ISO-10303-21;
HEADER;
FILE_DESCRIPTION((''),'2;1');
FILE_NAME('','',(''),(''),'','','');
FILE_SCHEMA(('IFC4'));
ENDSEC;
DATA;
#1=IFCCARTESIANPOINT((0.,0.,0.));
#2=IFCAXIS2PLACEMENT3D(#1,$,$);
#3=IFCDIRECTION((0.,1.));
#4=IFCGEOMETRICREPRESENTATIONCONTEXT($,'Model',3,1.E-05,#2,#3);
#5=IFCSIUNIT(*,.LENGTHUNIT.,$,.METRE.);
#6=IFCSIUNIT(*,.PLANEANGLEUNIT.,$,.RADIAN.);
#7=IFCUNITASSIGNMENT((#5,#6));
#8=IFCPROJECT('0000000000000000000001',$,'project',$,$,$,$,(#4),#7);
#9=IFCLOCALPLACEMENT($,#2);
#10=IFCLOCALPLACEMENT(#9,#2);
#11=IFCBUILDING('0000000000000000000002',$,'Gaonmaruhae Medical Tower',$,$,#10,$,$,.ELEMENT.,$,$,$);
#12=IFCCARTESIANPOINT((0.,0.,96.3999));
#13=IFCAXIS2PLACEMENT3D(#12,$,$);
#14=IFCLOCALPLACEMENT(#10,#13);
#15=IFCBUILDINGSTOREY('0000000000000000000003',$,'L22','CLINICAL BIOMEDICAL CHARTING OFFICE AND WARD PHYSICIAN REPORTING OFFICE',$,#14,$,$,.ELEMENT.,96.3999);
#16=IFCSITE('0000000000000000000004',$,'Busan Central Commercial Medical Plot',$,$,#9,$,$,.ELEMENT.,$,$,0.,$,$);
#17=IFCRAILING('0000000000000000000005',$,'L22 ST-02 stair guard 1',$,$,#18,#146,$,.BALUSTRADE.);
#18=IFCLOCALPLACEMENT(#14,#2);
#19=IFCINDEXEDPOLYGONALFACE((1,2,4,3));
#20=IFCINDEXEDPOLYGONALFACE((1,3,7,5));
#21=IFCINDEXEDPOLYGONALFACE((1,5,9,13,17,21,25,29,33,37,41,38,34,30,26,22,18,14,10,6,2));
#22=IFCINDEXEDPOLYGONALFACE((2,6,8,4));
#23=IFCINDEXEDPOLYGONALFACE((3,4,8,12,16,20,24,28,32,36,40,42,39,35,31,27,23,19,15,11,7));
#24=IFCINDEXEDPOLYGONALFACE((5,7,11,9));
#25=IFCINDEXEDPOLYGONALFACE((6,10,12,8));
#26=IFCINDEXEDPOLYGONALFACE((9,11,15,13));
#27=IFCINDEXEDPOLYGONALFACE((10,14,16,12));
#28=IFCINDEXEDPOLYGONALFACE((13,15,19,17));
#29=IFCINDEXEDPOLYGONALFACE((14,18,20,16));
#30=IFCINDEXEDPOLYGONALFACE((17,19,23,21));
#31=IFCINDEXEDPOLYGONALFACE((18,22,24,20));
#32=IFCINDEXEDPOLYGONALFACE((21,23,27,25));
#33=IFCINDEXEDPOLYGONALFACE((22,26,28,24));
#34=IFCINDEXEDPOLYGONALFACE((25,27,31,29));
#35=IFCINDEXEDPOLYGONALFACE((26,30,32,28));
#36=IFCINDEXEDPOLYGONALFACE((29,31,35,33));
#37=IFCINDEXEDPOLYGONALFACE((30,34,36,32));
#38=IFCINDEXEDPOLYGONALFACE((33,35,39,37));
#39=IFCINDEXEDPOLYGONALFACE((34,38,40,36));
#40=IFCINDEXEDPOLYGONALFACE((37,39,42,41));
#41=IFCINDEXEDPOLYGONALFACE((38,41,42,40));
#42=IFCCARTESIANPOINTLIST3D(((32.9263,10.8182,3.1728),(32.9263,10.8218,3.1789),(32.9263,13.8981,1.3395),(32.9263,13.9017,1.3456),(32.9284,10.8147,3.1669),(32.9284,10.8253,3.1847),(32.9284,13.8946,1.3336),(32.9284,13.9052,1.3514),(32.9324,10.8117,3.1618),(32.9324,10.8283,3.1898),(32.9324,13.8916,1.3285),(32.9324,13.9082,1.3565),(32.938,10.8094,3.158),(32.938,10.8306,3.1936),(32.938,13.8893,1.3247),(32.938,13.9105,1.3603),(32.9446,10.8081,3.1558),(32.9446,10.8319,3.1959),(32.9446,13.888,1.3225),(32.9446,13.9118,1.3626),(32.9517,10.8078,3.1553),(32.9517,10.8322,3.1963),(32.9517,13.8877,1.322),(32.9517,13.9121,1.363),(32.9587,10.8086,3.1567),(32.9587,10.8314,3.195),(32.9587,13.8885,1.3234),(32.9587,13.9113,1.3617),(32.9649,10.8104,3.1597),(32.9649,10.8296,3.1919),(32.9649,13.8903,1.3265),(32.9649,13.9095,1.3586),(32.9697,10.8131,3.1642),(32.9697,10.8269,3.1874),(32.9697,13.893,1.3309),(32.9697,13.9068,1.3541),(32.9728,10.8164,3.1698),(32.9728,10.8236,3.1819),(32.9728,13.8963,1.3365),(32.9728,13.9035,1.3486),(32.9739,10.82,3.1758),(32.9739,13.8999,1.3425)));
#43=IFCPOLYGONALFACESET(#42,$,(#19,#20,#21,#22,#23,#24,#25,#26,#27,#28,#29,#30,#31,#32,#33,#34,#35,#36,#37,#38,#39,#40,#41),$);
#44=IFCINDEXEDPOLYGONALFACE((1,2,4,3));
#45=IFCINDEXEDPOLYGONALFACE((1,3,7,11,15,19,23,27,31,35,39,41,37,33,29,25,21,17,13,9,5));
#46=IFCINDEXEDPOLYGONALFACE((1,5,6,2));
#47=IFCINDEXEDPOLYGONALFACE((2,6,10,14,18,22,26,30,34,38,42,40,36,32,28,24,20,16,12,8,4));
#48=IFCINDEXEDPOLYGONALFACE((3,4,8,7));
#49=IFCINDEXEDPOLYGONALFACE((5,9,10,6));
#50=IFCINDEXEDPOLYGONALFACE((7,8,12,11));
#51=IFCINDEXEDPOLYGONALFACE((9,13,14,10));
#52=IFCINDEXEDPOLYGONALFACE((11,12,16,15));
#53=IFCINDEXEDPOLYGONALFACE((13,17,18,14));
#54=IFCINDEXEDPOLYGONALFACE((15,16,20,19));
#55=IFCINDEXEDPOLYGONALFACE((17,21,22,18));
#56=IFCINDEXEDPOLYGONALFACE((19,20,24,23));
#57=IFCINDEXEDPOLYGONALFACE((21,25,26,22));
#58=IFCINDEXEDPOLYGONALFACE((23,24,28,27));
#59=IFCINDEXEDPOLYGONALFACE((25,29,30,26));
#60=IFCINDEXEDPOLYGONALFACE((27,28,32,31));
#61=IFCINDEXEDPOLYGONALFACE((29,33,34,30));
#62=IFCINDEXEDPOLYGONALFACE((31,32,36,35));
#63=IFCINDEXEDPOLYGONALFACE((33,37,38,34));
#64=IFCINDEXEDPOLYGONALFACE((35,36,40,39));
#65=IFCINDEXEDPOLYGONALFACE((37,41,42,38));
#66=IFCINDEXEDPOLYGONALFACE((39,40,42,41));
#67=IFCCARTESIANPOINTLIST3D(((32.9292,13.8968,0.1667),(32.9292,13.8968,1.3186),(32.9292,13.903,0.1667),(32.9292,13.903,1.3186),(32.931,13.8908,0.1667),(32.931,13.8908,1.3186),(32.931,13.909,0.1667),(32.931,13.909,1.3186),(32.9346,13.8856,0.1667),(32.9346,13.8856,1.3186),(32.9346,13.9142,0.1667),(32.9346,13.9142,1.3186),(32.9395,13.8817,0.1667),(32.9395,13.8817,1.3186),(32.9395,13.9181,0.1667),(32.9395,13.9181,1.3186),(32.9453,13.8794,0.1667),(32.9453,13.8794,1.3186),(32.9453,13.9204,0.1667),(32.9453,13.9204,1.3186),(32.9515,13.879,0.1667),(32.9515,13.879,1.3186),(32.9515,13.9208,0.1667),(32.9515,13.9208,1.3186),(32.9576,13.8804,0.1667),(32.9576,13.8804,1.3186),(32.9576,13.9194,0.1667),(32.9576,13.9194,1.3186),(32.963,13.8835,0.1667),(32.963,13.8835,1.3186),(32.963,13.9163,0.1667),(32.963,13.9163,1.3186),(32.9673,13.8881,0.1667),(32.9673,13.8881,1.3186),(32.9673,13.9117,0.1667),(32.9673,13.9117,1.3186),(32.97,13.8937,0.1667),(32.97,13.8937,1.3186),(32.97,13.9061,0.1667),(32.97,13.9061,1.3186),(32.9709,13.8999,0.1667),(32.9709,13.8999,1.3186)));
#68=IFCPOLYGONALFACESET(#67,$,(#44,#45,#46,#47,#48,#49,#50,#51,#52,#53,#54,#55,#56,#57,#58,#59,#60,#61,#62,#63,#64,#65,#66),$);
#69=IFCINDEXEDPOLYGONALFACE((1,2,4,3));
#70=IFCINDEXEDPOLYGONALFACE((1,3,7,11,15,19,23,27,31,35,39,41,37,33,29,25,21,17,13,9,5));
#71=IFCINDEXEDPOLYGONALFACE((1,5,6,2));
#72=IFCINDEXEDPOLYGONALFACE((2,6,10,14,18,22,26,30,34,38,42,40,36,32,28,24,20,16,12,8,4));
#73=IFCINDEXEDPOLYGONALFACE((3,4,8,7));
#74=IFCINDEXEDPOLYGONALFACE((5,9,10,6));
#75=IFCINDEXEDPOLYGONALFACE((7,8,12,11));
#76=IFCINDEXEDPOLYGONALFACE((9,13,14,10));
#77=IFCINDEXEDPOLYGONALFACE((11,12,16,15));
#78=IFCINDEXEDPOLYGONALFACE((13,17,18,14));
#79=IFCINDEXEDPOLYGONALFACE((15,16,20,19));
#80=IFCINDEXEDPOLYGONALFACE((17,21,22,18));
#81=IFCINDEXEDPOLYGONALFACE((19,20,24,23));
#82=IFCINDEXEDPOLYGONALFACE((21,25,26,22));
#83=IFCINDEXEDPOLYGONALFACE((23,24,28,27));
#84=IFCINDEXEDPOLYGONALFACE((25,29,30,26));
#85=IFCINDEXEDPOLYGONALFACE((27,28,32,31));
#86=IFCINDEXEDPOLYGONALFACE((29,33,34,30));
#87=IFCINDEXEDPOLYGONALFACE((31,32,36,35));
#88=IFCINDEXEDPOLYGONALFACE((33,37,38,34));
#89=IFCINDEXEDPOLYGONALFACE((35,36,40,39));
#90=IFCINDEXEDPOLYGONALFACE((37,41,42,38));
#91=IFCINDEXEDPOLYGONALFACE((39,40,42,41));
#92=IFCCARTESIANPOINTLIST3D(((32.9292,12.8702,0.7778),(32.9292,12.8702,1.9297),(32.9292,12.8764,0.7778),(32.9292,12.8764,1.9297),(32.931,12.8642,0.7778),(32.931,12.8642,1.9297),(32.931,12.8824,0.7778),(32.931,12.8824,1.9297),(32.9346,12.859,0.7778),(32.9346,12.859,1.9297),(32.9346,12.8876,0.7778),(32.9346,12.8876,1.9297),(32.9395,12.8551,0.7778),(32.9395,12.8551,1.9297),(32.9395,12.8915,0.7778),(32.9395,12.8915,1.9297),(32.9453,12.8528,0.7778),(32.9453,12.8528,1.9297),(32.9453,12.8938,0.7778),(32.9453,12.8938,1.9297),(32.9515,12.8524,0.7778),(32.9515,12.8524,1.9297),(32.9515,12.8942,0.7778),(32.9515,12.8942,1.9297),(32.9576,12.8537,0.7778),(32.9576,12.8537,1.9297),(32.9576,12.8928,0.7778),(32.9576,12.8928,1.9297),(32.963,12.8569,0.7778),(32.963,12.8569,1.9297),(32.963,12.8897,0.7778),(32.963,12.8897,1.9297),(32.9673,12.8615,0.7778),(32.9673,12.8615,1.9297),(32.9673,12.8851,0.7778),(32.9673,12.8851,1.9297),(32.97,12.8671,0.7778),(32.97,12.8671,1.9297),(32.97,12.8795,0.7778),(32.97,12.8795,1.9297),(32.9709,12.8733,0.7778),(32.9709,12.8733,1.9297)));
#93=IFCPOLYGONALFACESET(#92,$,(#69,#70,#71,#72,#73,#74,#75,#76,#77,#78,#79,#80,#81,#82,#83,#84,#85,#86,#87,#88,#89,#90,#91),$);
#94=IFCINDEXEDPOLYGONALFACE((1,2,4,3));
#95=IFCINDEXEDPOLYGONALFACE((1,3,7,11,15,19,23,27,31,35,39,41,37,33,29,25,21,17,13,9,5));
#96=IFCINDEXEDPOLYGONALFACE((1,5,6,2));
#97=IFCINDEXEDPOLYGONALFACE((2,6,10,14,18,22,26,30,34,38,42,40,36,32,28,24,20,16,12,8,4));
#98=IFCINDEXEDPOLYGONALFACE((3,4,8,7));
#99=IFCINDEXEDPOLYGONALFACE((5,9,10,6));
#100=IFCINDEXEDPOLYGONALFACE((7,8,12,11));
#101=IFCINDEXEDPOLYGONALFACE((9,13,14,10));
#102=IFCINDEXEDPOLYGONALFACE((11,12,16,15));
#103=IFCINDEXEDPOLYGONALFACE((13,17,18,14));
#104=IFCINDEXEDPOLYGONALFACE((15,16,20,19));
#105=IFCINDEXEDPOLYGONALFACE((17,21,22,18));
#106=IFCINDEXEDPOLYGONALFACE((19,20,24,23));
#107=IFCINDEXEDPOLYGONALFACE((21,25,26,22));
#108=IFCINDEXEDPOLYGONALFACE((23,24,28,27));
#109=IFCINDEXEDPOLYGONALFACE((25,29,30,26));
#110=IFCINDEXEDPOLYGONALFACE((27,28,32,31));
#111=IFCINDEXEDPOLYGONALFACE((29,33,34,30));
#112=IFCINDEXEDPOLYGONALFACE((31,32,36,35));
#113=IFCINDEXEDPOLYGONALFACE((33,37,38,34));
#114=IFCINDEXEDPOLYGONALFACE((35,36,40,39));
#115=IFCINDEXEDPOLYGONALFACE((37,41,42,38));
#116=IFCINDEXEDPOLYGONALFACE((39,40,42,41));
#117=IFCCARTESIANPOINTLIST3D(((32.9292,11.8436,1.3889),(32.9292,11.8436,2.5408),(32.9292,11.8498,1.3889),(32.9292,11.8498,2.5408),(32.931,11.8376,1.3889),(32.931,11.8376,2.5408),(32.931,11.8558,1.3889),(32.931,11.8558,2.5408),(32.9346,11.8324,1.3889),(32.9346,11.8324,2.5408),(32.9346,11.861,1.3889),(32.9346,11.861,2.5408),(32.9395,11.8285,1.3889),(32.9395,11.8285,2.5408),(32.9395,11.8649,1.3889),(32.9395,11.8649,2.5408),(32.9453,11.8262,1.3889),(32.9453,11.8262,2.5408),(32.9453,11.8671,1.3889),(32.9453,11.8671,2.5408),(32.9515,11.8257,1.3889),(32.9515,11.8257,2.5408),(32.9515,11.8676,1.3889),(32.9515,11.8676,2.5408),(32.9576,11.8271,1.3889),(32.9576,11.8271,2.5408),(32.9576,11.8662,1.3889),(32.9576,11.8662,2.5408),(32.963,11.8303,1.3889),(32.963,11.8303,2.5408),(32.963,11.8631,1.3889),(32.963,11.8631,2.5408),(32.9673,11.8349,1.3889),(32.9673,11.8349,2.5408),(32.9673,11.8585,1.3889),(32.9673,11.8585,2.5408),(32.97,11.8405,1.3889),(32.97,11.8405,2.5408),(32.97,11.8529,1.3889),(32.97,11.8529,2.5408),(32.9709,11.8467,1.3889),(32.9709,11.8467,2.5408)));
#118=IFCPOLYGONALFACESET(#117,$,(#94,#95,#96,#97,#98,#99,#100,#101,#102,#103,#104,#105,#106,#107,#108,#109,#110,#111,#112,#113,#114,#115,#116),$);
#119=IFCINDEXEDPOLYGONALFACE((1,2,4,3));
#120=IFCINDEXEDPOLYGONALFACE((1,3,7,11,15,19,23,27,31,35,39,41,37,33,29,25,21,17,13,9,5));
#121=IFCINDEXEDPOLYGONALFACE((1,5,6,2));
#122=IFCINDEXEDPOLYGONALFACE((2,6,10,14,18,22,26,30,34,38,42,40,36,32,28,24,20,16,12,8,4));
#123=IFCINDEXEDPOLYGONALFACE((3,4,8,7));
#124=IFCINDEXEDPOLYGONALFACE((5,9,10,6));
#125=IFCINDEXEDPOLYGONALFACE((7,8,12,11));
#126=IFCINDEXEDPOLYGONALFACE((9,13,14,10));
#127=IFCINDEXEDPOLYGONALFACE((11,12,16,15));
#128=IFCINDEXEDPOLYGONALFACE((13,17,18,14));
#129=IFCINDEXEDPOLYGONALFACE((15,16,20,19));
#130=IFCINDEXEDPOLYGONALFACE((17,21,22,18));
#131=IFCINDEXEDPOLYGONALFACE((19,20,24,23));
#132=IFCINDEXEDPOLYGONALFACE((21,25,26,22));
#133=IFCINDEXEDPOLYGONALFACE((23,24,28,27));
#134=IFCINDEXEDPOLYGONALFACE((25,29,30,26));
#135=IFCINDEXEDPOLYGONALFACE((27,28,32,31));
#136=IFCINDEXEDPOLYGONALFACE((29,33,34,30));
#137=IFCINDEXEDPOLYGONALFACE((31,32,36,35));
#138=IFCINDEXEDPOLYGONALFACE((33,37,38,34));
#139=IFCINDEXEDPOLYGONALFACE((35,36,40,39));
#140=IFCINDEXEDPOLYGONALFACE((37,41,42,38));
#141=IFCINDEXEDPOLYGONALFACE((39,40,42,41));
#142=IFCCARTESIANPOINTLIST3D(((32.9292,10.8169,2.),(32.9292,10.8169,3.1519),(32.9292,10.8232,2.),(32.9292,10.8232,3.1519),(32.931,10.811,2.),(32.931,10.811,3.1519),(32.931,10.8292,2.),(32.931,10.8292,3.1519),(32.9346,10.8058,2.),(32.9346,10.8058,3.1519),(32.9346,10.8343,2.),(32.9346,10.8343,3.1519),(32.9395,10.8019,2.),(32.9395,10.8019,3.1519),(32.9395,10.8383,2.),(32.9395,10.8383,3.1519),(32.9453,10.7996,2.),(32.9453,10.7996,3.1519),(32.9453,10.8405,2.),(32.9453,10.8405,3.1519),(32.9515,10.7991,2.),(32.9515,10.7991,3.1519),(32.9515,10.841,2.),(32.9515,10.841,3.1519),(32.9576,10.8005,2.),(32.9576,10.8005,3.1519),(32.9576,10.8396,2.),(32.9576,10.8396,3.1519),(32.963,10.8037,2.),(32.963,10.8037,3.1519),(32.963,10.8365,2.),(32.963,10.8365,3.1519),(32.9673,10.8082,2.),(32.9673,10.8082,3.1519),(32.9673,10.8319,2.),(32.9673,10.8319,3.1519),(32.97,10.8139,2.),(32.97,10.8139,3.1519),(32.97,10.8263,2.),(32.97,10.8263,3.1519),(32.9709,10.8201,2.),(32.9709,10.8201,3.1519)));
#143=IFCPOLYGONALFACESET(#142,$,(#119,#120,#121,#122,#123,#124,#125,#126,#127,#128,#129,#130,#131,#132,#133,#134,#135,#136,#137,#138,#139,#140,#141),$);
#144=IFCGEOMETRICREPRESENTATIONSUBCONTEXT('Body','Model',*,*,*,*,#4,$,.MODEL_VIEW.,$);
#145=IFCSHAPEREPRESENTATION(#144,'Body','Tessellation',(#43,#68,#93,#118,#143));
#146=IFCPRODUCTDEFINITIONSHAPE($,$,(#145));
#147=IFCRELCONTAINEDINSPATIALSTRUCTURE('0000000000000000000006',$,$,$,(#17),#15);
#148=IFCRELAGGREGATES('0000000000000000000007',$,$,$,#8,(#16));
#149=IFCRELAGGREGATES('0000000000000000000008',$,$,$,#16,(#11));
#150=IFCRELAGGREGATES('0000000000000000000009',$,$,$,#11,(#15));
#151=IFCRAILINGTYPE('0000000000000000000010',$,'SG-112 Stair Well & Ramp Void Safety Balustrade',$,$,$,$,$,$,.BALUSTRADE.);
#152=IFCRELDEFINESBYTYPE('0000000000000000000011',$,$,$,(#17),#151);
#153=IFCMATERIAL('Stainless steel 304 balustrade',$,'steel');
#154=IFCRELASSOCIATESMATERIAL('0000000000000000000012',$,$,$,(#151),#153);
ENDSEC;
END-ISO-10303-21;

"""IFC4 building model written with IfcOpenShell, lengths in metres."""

from ifc_helpers import new_model, si_unit, direction, frame, origin, origin_2d, place, context, subcontext, project, spatial, circle, extrude, material, type_object, element, save


model = new_model("IFC4")

# Units and contexts
model_context = context("Model", 3, precision=1e-05, world=origin(), true_north=direction((0.0, 1.0)))
body_context = subcontext(model_context, "Body", "Model", "MODEL_VIEW")
ifc_project = project(units=[si_unit("LENGTHUNIT", "METRE"), si_unit("PLANEANGLEUNIT", "RADIAN")], contexts=[model_context])

# Site, building, storey
site_placement = place(None, origin())
site = spatial("IfcSite", under=ifc_project, at=site_placement, Name="Busan Central Commercial Medical Plot", CompositionType="ELEMENT", RefElevation=0.0)
building_placement = place(site_placement, origin())
building = spatial("IfcBuilding", under=site, at=building_placement, Name="Gaonmaruhae Medical Tower", CompositionType="ELEMENT")
storey_placement = place(building_placement, frame((0.0, 0.0, 96.3999)))
storey = spatial("IfcBuildingStorey", under=building, at=storey_placement, Name="L22", Description="CLINICAL BIOMEDICAL CHARTING OFFICE AND WARD PHYSICIAN REPORTING OFFICE", CompositionType="ELEMENT", Elevation=96.3999)

# Railing
ifc_material_1 = material(Name="Stainless steel 304 balustrade", Category="steel")
railing_type_1 = type_object("IfcRailingType", Name="SG-112 Stair Well & Ramp Void Safety Balustrade", PredefinedType="BALUSTRADE", material=ifc_material_1)
railing_1_placement = place(storey_placement, frame((32.95, 13.8999, 0.1667)))
element("IfcRailing", 1, at=railing_1_placement, inside=storey, type_object=railing_type_1, Name="L22 ST-02 stair guard 1", PredefinedType="BALUSTRADE", context=body_context, shape_type="SweptSolid", body=[
    extrude(circle(Radius=0.0239, at=origin_2d()), frame((0.0, 0.0, 1.1758), z_axis=(0.0, -0.859291, 0.511487), x_axis=(1.0, 0.0, 0.0)), (0.0, 0.0, 1.0), 3.5842),
    extrude(circle(Radius=0.021, at=origin_2d()), origin(), (0.0, 0.0, 1.0), 1.1519),
    extrude(circle(Radius=0.021, at=origin_2d()), frame((0.0, -1.0266, 0.6111)), (0.0, 0.0, 1.0), 1.1519),
    extrude(circle(Radius=0.021, at=origin_2d()), frame((0.0, -2.0532, 1.2222)), (0.0, 0.0, 1.0), 1.1519),
    extrude(circle(Radius=0.021, at=origin_2d()), frame((0.0, -3.0798, 1.8333)), (0.0, 0.0, 1.0), 1.1519),
])

save(model, "model.ifc")
